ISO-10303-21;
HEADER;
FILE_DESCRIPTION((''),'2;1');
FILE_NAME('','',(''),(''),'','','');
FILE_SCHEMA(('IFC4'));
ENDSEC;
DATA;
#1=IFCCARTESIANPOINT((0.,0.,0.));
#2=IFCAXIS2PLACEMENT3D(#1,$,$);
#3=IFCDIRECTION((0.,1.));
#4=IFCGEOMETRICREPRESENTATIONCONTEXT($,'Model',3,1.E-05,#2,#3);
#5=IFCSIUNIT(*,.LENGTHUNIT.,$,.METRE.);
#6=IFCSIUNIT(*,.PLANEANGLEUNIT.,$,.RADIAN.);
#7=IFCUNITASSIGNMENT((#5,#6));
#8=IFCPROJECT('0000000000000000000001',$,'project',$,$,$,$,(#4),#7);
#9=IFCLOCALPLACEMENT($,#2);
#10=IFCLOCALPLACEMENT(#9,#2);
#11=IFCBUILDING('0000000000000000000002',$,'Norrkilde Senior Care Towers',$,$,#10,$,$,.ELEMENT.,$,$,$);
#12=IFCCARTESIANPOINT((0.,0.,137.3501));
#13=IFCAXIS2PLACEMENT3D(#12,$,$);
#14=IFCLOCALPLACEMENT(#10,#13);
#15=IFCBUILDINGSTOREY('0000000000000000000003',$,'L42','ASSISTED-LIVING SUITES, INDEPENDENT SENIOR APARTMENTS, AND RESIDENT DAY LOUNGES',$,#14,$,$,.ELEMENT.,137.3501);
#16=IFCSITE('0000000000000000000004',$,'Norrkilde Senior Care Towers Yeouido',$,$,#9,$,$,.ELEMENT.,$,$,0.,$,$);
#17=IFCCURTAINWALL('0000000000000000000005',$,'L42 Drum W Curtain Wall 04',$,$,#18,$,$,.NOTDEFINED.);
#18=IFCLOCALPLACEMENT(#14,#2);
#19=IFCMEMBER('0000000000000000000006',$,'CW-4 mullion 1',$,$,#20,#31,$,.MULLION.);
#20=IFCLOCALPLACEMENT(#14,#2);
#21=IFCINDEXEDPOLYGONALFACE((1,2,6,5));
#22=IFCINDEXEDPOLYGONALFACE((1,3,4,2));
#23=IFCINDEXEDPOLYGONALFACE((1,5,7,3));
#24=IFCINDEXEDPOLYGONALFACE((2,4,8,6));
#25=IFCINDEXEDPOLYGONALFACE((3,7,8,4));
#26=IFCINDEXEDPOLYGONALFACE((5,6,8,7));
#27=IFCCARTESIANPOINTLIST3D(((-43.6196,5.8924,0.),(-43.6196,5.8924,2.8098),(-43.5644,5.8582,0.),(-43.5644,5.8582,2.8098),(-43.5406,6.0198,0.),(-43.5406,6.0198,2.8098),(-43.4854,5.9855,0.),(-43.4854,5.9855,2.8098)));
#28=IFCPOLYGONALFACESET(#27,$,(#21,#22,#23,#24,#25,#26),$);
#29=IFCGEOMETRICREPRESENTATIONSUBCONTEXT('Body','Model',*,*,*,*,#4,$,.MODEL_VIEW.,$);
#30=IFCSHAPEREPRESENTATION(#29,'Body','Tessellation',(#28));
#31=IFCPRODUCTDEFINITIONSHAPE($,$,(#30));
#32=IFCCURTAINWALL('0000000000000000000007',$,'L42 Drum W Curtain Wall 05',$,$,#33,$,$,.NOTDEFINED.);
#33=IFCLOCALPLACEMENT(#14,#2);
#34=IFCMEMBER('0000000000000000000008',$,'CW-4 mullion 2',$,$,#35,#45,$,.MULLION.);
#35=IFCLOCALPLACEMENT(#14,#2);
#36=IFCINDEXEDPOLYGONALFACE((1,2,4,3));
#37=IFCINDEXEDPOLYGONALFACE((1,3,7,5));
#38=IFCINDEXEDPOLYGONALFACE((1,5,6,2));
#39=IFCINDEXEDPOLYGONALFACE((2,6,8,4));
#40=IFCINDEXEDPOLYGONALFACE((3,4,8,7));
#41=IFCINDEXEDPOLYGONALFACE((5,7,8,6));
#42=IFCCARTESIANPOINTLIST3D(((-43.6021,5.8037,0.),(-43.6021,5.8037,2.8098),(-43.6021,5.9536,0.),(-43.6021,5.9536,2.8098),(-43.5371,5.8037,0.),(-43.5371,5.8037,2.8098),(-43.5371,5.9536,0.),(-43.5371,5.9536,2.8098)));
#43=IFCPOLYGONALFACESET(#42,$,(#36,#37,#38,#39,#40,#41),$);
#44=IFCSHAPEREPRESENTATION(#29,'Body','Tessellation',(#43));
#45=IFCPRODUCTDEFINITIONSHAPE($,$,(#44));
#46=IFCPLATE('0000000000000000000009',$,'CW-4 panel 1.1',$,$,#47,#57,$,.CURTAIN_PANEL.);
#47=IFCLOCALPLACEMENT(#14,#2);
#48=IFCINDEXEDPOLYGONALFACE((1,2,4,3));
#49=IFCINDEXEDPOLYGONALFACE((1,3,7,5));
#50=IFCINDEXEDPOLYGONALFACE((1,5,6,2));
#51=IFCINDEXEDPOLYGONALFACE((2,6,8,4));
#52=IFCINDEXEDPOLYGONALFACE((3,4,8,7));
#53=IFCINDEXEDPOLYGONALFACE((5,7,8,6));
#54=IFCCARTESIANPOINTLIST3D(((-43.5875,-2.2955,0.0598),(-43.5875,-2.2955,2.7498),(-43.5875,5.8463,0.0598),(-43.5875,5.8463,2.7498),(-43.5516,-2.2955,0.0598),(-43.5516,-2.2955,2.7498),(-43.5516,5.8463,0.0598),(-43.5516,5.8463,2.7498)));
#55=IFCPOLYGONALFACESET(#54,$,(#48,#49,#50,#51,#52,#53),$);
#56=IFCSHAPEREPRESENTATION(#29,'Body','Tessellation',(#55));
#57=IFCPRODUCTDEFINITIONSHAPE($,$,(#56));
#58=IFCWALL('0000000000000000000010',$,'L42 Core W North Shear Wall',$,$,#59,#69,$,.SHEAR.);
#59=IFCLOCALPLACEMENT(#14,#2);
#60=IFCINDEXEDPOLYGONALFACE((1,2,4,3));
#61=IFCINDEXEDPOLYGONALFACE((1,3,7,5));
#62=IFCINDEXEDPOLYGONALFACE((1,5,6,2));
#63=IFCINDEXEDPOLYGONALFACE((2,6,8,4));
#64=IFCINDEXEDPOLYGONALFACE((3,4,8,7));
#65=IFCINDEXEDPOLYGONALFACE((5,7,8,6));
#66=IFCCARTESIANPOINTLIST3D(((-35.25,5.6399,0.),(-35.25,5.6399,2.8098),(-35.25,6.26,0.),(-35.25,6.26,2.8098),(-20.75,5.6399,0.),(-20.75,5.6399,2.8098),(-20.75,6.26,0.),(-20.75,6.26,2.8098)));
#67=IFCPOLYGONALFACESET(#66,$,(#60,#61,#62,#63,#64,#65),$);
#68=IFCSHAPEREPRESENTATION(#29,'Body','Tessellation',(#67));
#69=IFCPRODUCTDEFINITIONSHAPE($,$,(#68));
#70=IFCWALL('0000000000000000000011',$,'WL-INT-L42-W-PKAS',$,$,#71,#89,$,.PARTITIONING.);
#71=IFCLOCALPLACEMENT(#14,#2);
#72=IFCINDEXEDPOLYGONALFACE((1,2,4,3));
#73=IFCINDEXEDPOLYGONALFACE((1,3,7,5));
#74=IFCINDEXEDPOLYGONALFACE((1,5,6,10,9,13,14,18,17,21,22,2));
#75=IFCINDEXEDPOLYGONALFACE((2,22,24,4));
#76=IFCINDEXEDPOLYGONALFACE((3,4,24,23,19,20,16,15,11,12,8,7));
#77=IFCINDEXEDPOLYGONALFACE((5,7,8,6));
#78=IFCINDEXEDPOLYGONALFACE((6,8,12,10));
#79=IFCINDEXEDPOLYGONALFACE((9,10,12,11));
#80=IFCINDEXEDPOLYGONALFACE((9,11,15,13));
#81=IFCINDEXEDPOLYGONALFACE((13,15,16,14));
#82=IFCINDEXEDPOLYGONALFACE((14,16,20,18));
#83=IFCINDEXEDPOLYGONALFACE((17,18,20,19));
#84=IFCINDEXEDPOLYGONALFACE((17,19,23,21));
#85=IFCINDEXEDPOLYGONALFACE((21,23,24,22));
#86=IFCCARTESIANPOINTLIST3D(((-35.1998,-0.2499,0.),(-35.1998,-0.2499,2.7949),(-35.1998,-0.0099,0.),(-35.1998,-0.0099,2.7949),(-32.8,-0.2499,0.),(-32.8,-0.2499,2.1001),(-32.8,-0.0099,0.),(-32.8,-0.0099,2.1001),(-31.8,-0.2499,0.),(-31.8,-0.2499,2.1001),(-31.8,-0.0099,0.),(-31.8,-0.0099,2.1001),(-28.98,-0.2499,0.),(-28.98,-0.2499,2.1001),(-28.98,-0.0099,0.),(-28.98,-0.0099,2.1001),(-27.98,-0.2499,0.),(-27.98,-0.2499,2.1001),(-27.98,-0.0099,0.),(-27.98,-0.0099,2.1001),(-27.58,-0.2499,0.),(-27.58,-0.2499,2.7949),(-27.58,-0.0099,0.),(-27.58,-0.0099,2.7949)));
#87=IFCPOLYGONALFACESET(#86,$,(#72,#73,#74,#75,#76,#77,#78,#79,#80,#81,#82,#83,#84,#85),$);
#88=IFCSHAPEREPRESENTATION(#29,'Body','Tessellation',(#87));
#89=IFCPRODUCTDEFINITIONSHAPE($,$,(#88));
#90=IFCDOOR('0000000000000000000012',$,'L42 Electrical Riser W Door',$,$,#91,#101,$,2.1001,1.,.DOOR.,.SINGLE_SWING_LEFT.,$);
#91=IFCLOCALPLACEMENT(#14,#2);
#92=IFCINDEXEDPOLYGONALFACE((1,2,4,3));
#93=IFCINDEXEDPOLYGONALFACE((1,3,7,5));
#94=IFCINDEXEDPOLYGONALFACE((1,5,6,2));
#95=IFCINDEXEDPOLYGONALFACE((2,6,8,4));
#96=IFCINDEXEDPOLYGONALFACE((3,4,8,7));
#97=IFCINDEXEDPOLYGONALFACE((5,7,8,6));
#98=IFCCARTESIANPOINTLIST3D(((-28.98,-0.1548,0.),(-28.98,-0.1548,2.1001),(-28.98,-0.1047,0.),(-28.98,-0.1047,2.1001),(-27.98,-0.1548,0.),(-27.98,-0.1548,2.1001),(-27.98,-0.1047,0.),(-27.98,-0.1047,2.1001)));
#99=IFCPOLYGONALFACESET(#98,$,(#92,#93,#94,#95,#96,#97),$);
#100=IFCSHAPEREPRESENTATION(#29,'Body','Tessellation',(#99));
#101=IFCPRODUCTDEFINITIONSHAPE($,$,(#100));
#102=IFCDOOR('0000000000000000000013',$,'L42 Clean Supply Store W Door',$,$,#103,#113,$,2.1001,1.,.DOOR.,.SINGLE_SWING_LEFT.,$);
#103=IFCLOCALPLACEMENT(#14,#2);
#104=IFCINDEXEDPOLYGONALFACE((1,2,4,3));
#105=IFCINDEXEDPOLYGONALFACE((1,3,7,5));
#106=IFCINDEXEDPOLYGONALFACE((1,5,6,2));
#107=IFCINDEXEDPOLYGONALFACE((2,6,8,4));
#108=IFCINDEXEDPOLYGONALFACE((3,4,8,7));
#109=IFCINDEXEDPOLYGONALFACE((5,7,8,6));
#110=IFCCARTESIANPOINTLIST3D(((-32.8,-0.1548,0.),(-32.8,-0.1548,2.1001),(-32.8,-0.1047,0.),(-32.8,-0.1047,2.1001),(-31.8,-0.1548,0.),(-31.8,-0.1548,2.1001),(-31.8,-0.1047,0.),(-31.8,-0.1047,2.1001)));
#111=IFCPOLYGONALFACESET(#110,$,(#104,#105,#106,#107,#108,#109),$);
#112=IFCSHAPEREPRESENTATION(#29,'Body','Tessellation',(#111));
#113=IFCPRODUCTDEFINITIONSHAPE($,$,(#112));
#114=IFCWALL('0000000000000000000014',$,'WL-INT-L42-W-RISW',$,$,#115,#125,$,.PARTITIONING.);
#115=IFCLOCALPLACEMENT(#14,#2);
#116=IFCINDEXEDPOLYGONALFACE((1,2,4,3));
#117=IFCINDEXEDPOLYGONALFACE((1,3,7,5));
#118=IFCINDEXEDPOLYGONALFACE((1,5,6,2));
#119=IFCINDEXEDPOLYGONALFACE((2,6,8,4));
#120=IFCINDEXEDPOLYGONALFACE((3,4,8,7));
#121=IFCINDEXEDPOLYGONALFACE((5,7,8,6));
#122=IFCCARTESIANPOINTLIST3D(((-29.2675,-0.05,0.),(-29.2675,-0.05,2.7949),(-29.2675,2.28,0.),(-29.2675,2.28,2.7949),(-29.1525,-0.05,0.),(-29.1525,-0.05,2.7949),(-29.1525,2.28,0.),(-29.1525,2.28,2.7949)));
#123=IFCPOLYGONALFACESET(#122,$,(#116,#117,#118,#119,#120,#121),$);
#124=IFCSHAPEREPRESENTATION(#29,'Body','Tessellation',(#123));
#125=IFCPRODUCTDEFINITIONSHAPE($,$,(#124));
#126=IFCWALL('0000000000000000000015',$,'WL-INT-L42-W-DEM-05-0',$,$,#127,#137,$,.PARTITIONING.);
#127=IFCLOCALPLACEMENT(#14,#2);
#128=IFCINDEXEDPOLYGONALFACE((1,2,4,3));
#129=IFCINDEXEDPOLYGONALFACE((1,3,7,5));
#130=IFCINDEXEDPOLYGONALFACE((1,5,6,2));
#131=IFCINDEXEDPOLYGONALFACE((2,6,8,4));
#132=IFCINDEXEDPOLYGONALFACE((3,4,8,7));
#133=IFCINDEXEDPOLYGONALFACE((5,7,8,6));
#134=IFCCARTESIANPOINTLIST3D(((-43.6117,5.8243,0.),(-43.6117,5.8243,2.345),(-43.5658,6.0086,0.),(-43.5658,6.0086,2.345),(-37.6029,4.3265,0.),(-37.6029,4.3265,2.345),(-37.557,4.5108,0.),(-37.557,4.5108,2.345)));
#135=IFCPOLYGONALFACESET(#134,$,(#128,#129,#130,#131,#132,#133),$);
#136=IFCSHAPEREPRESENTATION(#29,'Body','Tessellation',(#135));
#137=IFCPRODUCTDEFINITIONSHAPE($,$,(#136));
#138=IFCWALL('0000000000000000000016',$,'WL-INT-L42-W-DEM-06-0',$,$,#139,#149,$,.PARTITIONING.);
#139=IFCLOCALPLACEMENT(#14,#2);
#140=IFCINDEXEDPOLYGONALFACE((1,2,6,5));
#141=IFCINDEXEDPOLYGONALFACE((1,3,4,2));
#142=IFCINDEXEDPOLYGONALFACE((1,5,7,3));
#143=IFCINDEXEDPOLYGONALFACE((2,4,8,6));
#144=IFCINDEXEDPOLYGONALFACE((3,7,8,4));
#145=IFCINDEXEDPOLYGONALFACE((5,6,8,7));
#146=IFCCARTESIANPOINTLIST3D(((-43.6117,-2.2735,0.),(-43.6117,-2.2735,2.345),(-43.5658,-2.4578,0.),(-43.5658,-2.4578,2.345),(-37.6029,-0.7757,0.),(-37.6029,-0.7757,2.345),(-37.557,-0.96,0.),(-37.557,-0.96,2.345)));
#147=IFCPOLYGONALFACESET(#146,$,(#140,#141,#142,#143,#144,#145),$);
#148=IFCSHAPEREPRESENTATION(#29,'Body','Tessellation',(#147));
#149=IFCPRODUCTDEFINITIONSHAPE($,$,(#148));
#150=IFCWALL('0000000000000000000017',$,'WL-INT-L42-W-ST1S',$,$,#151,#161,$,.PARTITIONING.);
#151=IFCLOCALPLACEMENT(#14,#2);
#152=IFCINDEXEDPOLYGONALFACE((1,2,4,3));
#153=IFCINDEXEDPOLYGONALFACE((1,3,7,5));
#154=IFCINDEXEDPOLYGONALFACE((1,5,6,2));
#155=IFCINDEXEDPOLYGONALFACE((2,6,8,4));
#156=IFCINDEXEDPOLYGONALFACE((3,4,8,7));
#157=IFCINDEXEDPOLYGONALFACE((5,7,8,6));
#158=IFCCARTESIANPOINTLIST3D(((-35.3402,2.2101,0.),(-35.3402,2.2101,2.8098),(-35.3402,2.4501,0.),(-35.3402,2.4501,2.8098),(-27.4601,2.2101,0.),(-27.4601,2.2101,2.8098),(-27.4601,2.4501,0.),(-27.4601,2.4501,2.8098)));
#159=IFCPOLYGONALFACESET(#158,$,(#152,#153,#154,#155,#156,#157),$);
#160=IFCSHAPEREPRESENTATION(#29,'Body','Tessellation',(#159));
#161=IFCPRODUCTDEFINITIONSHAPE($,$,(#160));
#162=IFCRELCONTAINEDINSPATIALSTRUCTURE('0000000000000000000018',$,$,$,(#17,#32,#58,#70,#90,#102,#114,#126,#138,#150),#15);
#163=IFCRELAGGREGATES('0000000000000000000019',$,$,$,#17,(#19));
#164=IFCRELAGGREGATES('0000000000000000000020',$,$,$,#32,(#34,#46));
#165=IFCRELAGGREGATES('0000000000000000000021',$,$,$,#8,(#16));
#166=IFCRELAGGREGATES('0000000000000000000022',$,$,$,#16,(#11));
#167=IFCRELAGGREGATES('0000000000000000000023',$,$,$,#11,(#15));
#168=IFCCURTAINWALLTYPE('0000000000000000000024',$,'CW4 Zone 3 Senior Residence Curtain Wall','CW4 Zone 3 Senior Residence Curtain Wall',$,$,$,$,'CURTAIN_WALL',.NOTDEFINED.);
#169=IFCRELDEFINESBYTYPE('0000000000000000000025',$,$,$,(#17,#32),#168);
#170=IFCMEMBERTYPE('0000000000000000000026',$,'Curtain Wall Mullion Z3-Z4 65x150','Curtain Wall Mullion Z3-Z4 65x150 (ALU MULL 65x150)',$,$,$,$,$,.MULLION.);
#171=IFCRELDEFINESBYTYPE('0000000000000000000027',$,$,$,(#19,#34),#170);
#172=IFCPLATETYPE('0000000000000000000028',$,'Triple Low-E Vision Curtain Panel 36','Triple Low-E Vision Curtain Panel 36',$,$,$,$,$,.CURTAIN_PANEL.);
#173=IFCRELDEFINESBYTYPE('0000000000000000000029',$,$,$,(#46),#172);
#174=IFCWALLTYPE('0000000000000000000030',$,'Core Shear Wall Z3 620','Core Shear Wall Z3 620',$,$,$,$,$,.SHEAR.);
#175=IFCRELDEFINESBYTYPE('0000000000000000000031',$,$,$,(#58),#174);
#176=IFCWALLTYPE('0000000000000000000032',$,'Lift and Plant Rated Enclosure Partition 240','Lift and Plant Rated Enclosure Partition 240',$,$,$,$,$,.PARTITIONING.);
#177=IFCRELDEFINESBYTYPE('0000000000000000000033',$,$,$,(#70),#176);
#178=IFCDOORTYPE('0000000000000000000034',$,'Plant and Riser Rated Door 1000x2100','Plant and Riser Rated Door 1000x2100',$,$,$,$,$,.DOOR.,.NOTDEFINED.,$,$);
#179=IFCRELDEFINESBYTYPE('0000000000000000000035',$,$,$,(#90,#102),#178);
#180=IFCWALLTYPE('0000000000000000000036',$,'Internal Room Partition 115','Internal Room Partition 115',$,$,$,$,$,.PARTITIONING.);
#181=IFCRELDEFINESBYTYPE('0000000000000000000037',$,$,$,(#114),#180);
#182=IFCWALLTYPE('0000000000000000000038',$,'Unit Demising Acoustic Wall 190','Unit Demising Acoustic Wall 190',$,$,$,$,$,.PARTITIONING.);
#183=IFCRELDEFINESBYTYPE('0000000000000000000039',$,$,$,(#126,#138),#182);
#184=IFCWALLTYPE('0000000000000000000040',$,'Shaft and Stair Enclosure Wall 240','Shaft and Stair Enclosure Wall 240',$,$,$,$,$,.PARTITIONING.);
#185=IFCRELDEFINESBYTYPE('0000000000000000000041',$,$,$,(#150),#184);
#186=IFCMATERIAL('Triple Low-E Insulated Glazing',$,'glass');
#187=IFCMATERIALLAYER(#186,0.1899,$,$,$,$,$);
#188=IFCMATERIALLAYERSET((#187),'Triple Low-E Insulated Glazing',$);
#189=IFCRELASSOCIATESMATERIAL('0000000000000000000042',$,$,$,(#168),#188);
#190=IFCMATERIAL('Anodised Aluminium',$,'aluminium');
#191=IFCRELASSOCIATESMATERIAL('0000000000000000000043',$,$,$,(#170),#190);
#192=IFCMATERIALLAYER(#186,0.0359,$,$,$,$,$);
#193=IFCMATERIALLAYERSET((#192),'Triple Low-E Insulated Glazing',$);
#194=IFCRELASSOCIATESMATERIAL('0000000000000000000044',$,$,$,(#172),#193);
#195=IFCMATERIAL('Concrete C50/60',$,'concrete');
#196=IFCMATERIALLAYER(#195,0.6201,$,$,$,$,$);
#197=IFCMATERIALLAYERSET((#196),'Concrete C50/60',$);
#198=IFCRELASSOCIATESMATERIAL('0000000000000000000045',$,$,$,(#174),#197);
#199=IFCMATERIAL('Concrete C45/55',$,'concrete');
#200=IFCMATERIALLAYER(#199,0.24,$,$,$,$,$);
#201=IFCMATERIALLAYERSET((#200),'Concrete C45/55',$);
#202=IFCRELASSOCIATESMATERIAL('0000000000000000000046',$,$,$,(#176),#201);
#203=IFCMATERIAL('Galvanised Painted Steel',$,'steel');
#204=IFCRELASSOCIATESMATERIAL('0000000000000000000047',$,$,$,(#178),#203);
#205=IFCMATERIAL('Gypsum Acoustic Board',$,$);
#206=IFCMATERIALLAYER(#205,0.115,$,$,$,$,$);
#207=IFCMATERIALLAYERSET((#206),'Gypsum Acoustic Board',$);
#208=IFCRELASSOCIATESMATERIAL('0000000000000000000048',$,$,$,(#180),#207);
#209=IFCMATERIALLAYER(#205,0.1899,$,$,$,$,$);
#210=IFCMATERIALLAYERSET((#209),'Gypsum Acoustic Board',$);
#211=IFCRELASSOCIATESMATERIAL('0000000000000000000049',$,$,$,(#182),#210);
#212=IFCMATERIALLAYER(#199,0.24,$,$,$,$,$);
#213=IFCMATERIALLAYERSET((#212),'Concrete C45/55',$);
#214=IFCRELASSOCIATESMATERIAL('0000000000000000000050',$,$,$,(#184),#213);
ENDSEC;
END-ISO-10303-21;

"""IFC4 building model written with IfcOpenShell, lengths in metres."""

from ifc_helpers import new_model, si_unit, direction, frame, frame_2d, origin, origin_2d, place, context, subcontext, project, spatial, rectangle, extrude, source, transform, mapped, material, layer, layer_set, material_profile, profile_set, type_object, type_shapes, element, fill, aggregate, save


model = new_model("IFC4")

# Units and contexts
model_context = context("Model", 3, precision=1e-05, world=origin(), true_north=direction((0.0, 1.0)))
body_context = subcontext(model_context, "Body", "Model", "MODEL_VIEW")
ifc_project = project(units=[si_unit("LENGTHUNIT", "METRE"), si_unit("PLANEANGLEUNIT", "RADIAN")], contexts=[model_context])

# Site, building, storey
site_placement = place(None, origin())
site = spatial("IfcSite", under=ifc_project, at=site_placement, Name="Norrkilde Senior Care Towers Yeouido", CompositionType="ELEMENT", RefElevation=0.0)
building_placement = place(site_placement, origin())
building = spatial("IfcBuilding", under=site, at=building_placement, Name="Norrkilde Senior Care Towers", CompositionType="ELEMENT")
storey_placement = place(building_placement, frame((0.0, 0.0, 137.3501)))
storey = spatial("IfcBuildingStorey", under=building, at=storey_placement, Name="L42", Description="ASSISTED-LIVING SUITES, INDEPENDENT SENIOR APARTMENTS, AND RESIDENT DAY LOUNGES", CompositionType="ELEMENT", Elevation=137.3501)

# Shared definitions
ifc_material_1 = material(Name="Concrete C50/60", Category="concrete")

# Curtain wall, member
ifc_material_2 = material(Name="Triple Low-E Insulated Glazing", Category="glass")
ifc_layer_1 = layer(ifc_material_2, 0.1899)
ifc_layer_set_1 = layer_set([ifc_layer_1], Name="Triple Low-E Insulated Glazing")
curtain_wall_type = type_object("IfcCurtainWallType", Name="CW4 Zone 3 Senior Residence Curtain Wall", Description="CW4 Zone 3 Senior Residence Curtain Wall", ElementType="CURTAIN_WALL", PredefinedType="NOTDEFINED", material=ifc_layer_set_1)
curtain_wall_1_placement = place(storey_placement, origin())
curtain_wall_1 = element("IfcCurtainWall", 1, at=curtain_wall_1_placement, inside=storey, type_object=curtain_wall_type, Name="L42 Drum W Curtain Wall 04", PredefinedType="NOTDEFINED")
ifc_material_3 = material(Name="Anodised Aluminium", Category="aluminium")
ifc_material_profile_1 = material_profile(ifc_material_3, rectangle(XDim=0.0649, YDim=0.1499, at=origin_2d()), Name="ALU MULL 65x150")
ifc_profile_set_1 = profile_set([ifc_material_profile_1], Name="Anodised Aluminium")
member_type = type_object("IfcMemberType", Name="Curtain Wall Mullion Z3-Z4 65x150", Description="Curtain Wall Mullion Z3-Z4 65x150 (ALU MULL 65x150)", PredefinedType="MULLION", material=ifc_profile_set_1)
shared_shape_1 = source(origin(), body_context, "Body", "SweptSolid", [
    extrude(rectangle(XDim=0.0649, YDim=0.1499, at=origin_2d()), origin(), (0.0, 0.0, 1.0), 2.8098),
])
type_shapes(member_type, [shared_shape_1])
member_1_placement = place(storey_placement, frame((-43.5525, 5.939, 0.0), z_axis=(0.0, 0.0, 1.0), x_axis=(-0.849634, 0.527373, 0.0)))
member_1 = element("IfcMember", 2, at=member_1_placement, type_object=member_type, Name="CW-4 mullion 1", PredefinedType="MULLION", context=body_context, shape_type="MappedRepresentation", body=[
    mapped(shared_shape_1, transform((0.0, 0.0, 0.0), x_axis=(1.0, 0.0, 0.0), y_axis=(0.0, 1.0, 0.0), z_axis=(0.0, 0.0, 1.0), scale=1.0)),
])
aggregate(curtain_wall_1, [member_1])

# Curtain wall, member, plate
curtain_wall_2_placement = place(storey_placement, origin())
curtain_wall_2 = element("IfcCurtainWall", 3, at=curtain_wall_2_placement, inside=storey, type_object=curtain_wall_type, Name="L42 Drum W Curtain Wall 05", PredefinedType="NOTDEFINED")
member_2_placement = place(storey_placement, frame((-43.5696, 5.8787, 0.0), z_axis=(0.0, 0.0, 1.0), x_axis=(-1.0, 0.0, 0.0)))
member_2 = element("IfcMember", 4, at=member_2_placement, type_object=member_type, Name="CW-4 mullion 2", PredefinedType="MULLION", context=body_context, shape_type="MappedRepresentation", body=[
    mapped(shared_shape_1, transform((0.0, 0.0, 0.0), x_axis=(1.0, 0.0, 0.0), y_axis=(0.0, 1.0, 0.0), z_axis=(0.0, 0.0, 1.0), scale=1.0)),
])
ifc_layer_2 = layer(ifc_material_2, 0.0359)
ifc_layer_set_2 = layer_set([ifc_layer_2], Name="Triple Low-E Insulated Glazing")
plate_type = type_object("IfcPlateType", Name="Triple Low-E Vision Curtain Panel 36", Description="Triple Low-E Vision Curtain Panel 36", PredefinedType="CURTAIN_PANEL", material=ifc_layer_set_2)
shared_shape_2 = source(origin(), body_context, "Body", "SweptSolid", [
    extrude(rectangle(XDim=8.1418, YDim=0.0359, at=origin_2d()), origin(), (0.0, 0.0, 1.0), 2.6899),
])
type_shapes(plate_type, [shared_shape_2])
plate_placement = place(storey_placement, frame((-43.5696, 1.7754, 0.0598), z_axis=(0.0, 0.0, 1.0), x_axis=(0.0, 1.0, 0.0)))
plate = element("IfcPlate", 5, at=plate_placement, type_object=plate_type, Name="CW-4 panel 1.1", PredefinedType="CURTAIN_PANEL", context=body_context, shape_type="MappedRepresentation", body=[
    mapped(shared_shape_2, transform((0.0, 0.0, 0.0), x_axis=(1.0, 0.0, 0.0), y_axis=(0.0, 1.0, 0.0), z_axis=(0.0, 0.0, 1.0), scale=1.0)),
])
aggregate(curtain_wall_2, [member_2, plate])

# Wall
ifc_layer_3 = layer(ifc_material_1, 0.6201)
ifc_layer_set_3 = layer_set([ifc_layer_3], Name="Concrete C50/60")
wall_type_1 = type_object("IfcWallType", Name="Core Shear Wall Z3 620", Description="Core Shear Wall Z3 620", PredefinedType="SHEAR", material=ifc_layer_set_3)
shared_shape_3 = source(origin(), body_context, "Body", "SweptSolid", [
    extrude(rectangle(XDim=14.5, YDim=0.6201, at=frame_2d((7.25, 0.0))), origin(), (0.0, 0.0, 1.0), 2.8098),
])
type_shapes(wall_type_1, [shared_shape_3])
wall_1_placement = place(storey_placement, frame((-35.25, 5.95, 0.0), z_axis=(0.0, 0.0, 1.0), x_axis=(1.0, 0.0, 0.0)))
element("IfcWall", 6, at=wall_1_placement, inside=storey, type_object=wall_type_1, Name="L42 Core W North Shear Wall", PredefinedType="SHEAR", context=body_context, shape_type="MappedRepresentation", body=[
    mapped(shared_shape_3, transform((0.0, 0.0, 0.0), x_axis=(1.0, 0.0, 0.0), y_axis=(0.0, 1.0, 0.0), z_axis=(0.0, 0.0, 1.0), scale=1.0)),
])

# Wall, openings, doors
ifc_material_4 = material(Name="Concrete C45/55", Category="concrete")
ifc_layer_4 = layer(ifc_material_4, 0.24)
ifc_layer_set_4 = layer_set([ifc_layer_4], Name="Concrete C45/55")
wall_type_2 = type_object("IfcWallType", Name="Lift and Plant Rated Enclosure Partition 240", Description="Lift and Plant Rated Enclosure Partition 240", PredefinedType="PARTITIONING", material=ifc_layer_set_4)
shared_shape_4 = source(origin(), body_context, "Body", "SweptSolid", [
    extrude(rectangle(XDim=7.6199, YDim=0.24, at=frame_2d((3.8101, 0.0))), origin(), (0.0, 0.0, 1.0), 2.7949),
])
type_shapes(wall_type_2, [shared_shape_4])
wall_2_placement = place(storey_placement, frame((-35.2, -0.1299, 0.0), z_axis=(0.0, 0.0, 1.0), x_axis=(1.0, 0.0, 0.0)))
wall_2 = element("IfcWall", 7, at=wall_2_placement, inside=storey, type_object=wall_type_2, Name="WL-INT-L42-W-PKAS", PredefinedType="PARTITIONING", context=body_context, shape_type="MappedRepresentation", body=[
    mapped(shared_shape_4, transform((0.0, 0.0, 0.0), x_axis=(1.0, 0.0, 0.0), y_axis=(0.0, 1.0, 0.0), z_axis=(0.0, 0.0, 1.0), scale=1.0)),
])
opening_1_placement = place(wall_2_placement, frame((6.22, 0.0, 0.0)))
opening_1 = element("IfcOpeningElement", 8, at=opening_1_placement, cuts=wall_2, PredefinedType="OPENING", context=body_context, shape_type="SweptSolid", body=[
    extrude(rectangle(XDim=1.0, YDim=2.1001, at=frame_2d((0.5, 1.05))), frame((0.0, 0.1299, 0.0), z_axis=(0.0, -1.0, 0.0), x_axis=(1.0, 0.0, 0.0)), (0.0, 0.0, 1.0), 0.26),
])
opening_2_placement = place(wall_2_placement, frame((2.3999, 0.0, 0.0)))
opening_2 = element("IfcOpeningElement", 9, at=opening_2_placement, cuts=wall_2, PredefinedType="OPENING", context=body_context, shape_type="SweptSolid", body=[
    extrude(rectangle(XDim=1.0, YDim=2.1001, at=frame_2d((0.5, 1.05))), frame((0.0, 0.1299, 0.0), z_axis=(0.0, -1.0, 0.0), x_axis=(1.0, 0.0, 0.0)), (0.0, 0.0, 1.0), 0.26),
])
ifc_material_5 = material(Name="Galvanised Painted Steel", Category="steel")
door_type = type_object("IfcDoorType", Name="Plant and Riser Rated Door 1000x2100", Description="Plant and Riser Rated Door 1000x2100", OperationType="NOTDEFINED", PredefinedType="DOOR", material=ifc_material_5)
shared_shape_5 = source(origin(), body_context, "Body", "SweptSolid", [
    extrude(rectangle(XDim=1.0, YDim=2.1001, at=frame_2d((0.5, 1.05))), frame((0.0, 0.0249, 0.0), z_axis=(0.0, -1.0, 0.0), x_axis=(1.0, 0.0, 0.0)), (0.0, 0.0, 1.0), 0.05),
])
type_shapes(door_type, [shared_shape_5])
door_1_placement = place(opening_1_placement, frame((1.0, 0.0, 0.0), z_axis=(0.0, 0.0, 1.0), x_axis=(-1.0, 0.0, 0.0)))
door_1 = element("IfcDoor", 10, at=door_1_placement, inside=storey, type_object=door_type, Name="L42 Electrical Riser W Door", OperationType="SINGLE_SWING_LEFT", OverallHeight=2.1001, OverallWidth=1.0, PredefinedType="DOOR", context=body_context, shape_type="MappedRepresentation", body=[
    mapped(shared_shape_5, transform((0.0, 0.0, 0.0), x_axis=(1.0, 0.0, 0.0), y_axis=(0.0, 1.0, 0.0), z_axis=(0.0, 0.0, 1.0), scale=1.0)),
])
fill(opening_1, door_1)
door_2_placement = place(opening_2_placement, frame((1.0, 0.0, 0.0), z_axis=(0.0, 0.0, 1.0), x_axis=(-1.0, 0.0, 0.0)))
door_2 = element("IfcDoor", 11, at=door_2_placement, inside=storey, type_object=door_type, Name="L42 Clean Supply Store W Door", OperationType="SINGLE_SWING_LEFT", OverallHeight=2.1001, OverallWidth=1.0, PredefinedType="DOOR", context=body_context, shape_type="MappedRepresentation", body=[
    mapped(shared_shape_5, transform((0.0, 0.0, 0.0), x_axis=(1.0, 0.0, 0.0), y_axis=(0.0, 1.0, 0.0), z_axis=(0.0, 0.0, 1.0), scale=1.0)),
])
fill(opening_2, door_2)

# Walls
ifc_material_6 = material(Name="Gypsum Acoustic Board")
ifc_layer_5 = layer(ifc_material_6, 0.115)
ifc_layer_set_5 = layer_set([ifc_layer_5], Name="Gypsum Acoustic Board")
wall_type_3 = type_object("IfcWallType", Name="Internal Room Partition 115", Description="Internal Room Partition 115", PredefinedType="PARTITIONING", material=ifc_layer_set_5)
shared_shape_6 = source(origin(), body_context, "Body", "SweptSolid", [
    extrude(rectangle(XDim=2.3301, YDim=0.115, at=frame_2d((1.165, 0.0))), origin(), (0.0, 0.0, 1.0), 2.7949),
])
type_shapes(wall_type_3, [shared_shape_6])
wall_3_placement = place(storey_placement, frame((-29.21, -0.05, 0.0), z_axis=(0.0, 0.0, 1.0), x_axis=(0.0, 1.0, 0.0)))
element("IfcWall", 12, at=wall_3_placement, inside=storey, type_object=wall_type_3, Name="WL-INT-L42-W-RISW", PredefinedType="PARTITIONING", context=body_context, shape_type="MappedRepresentation", body=[
    mapped(shared_shape_6, transform((0.0, 0.0, 0.0), x_axis=(1.0, 0.0, 0.0), y_axis=(0.0, 1.0, 0.0), z_axis=(0.0, 0.0, 1.0), scale=1.0)),
])
ifc_layer_6 = layer(ifc_material_6, 0.1899)
ifc_layer_set_6 = layer_set([ifc_layer_6], Name="Gypsum Acoustic Board")
wall_type_4 = type_object("IfcWallType", Name="Unit Demising Acoustic Wall 190", Description="Unit Demising Acoustic Wall 190", PredefinedType="PARTITIONING", material=ifc_layer_set_6)
shared_shape_7 = source(origin(), body_context, "Body", "SweptSolid", [
    extrude(rectangle(XDim=6.1926, YDim=0.1899, at=frame_2d((3.0962, 0.0))), origin(), (0.0, 0.0, 1.0), 2.345),
])
type_shapes(wall_type_4, [shared_shape_7])
for number, where, z_axis, x_axis, name in (
    (13, (-37.5801, 4.4187, 0.0), (0.0, 0.0, 1.0), (-0.970309, 0.241868, 0.0), "WL-INT-L42-W-DEM-05-0"),
    (14, (-37.5801, -0.8679, 0.0), (0.0, 0.0, 1.0), (-0.970309, -0.241868, 0.0), "WL-INT-L42-W-DEM-06-0"),
):
    element("IfcWall", number, at=place(storey_placement, frame(where, z_axis=z_axis, x_axis=x_axis)), inside=storey, type_object=wall_type_4, Name=name, PredefinedType="PARTITIONING", context=body_context, shape_type="MappedRepresentation", body=[
        mapped(shared_shape_7, transform((0.0, 0.0, 0.0), x_axis=(1.0, 0.0, 0.0), y_axis=(0.0, 1.0, 0.0), z_axis=(0.0, 0.0, 1.0), scale=1.0)),
    ])
ifc_layer_7 = layer(ifc_material_4, 0.24)
ifc_layer_set_7 = layer_set([ifc_layer_7], Name="Concrete C45/55")
wall_type_5 = type_object("IfcWallType", Name="Shaft and Stair Enclosure Wall 240", Description="Shaft and Stair Enclosure Wall 240", PredefinedType="PARTITIONING", material=ifc_layer_set_7)
shared_shape_8 = source(origin(), body_context, "Body", "SweptSolid", [
    extrude(rectangle(XDim=7.8801, YDim=0.24, at=frame_2d((3.9399, 0.0))), origin(), (0.0, 0.0, 1.0), 2.8098),
])
wall_4_placement = place(storey_placement, frame((-35.3401, 2.3301, 0.0), z_axis=(0.0, 0.0, 1.0), x_axis=(1.0, 0.0, 0.0)))
element("IfcWall", 15, at=wall_4_placement, inside=storey, type_object=wall_type_5, Name="WL-INT-L42-W-ST1S", PredefinedType="PARTITIONING", context=body_context, shape_type="MappedRepresentation", body=[
    mapped(shared_shape_8, transform((0.0, 0.0, 0.0), x_axis=(1.0, 0.0, 0.0), y_axis=(0.0, 1.0, 0.0), z_axis=(0.0, 0.0, 1.0), scale=1.0)),
])

save(model, "model.ifc")
